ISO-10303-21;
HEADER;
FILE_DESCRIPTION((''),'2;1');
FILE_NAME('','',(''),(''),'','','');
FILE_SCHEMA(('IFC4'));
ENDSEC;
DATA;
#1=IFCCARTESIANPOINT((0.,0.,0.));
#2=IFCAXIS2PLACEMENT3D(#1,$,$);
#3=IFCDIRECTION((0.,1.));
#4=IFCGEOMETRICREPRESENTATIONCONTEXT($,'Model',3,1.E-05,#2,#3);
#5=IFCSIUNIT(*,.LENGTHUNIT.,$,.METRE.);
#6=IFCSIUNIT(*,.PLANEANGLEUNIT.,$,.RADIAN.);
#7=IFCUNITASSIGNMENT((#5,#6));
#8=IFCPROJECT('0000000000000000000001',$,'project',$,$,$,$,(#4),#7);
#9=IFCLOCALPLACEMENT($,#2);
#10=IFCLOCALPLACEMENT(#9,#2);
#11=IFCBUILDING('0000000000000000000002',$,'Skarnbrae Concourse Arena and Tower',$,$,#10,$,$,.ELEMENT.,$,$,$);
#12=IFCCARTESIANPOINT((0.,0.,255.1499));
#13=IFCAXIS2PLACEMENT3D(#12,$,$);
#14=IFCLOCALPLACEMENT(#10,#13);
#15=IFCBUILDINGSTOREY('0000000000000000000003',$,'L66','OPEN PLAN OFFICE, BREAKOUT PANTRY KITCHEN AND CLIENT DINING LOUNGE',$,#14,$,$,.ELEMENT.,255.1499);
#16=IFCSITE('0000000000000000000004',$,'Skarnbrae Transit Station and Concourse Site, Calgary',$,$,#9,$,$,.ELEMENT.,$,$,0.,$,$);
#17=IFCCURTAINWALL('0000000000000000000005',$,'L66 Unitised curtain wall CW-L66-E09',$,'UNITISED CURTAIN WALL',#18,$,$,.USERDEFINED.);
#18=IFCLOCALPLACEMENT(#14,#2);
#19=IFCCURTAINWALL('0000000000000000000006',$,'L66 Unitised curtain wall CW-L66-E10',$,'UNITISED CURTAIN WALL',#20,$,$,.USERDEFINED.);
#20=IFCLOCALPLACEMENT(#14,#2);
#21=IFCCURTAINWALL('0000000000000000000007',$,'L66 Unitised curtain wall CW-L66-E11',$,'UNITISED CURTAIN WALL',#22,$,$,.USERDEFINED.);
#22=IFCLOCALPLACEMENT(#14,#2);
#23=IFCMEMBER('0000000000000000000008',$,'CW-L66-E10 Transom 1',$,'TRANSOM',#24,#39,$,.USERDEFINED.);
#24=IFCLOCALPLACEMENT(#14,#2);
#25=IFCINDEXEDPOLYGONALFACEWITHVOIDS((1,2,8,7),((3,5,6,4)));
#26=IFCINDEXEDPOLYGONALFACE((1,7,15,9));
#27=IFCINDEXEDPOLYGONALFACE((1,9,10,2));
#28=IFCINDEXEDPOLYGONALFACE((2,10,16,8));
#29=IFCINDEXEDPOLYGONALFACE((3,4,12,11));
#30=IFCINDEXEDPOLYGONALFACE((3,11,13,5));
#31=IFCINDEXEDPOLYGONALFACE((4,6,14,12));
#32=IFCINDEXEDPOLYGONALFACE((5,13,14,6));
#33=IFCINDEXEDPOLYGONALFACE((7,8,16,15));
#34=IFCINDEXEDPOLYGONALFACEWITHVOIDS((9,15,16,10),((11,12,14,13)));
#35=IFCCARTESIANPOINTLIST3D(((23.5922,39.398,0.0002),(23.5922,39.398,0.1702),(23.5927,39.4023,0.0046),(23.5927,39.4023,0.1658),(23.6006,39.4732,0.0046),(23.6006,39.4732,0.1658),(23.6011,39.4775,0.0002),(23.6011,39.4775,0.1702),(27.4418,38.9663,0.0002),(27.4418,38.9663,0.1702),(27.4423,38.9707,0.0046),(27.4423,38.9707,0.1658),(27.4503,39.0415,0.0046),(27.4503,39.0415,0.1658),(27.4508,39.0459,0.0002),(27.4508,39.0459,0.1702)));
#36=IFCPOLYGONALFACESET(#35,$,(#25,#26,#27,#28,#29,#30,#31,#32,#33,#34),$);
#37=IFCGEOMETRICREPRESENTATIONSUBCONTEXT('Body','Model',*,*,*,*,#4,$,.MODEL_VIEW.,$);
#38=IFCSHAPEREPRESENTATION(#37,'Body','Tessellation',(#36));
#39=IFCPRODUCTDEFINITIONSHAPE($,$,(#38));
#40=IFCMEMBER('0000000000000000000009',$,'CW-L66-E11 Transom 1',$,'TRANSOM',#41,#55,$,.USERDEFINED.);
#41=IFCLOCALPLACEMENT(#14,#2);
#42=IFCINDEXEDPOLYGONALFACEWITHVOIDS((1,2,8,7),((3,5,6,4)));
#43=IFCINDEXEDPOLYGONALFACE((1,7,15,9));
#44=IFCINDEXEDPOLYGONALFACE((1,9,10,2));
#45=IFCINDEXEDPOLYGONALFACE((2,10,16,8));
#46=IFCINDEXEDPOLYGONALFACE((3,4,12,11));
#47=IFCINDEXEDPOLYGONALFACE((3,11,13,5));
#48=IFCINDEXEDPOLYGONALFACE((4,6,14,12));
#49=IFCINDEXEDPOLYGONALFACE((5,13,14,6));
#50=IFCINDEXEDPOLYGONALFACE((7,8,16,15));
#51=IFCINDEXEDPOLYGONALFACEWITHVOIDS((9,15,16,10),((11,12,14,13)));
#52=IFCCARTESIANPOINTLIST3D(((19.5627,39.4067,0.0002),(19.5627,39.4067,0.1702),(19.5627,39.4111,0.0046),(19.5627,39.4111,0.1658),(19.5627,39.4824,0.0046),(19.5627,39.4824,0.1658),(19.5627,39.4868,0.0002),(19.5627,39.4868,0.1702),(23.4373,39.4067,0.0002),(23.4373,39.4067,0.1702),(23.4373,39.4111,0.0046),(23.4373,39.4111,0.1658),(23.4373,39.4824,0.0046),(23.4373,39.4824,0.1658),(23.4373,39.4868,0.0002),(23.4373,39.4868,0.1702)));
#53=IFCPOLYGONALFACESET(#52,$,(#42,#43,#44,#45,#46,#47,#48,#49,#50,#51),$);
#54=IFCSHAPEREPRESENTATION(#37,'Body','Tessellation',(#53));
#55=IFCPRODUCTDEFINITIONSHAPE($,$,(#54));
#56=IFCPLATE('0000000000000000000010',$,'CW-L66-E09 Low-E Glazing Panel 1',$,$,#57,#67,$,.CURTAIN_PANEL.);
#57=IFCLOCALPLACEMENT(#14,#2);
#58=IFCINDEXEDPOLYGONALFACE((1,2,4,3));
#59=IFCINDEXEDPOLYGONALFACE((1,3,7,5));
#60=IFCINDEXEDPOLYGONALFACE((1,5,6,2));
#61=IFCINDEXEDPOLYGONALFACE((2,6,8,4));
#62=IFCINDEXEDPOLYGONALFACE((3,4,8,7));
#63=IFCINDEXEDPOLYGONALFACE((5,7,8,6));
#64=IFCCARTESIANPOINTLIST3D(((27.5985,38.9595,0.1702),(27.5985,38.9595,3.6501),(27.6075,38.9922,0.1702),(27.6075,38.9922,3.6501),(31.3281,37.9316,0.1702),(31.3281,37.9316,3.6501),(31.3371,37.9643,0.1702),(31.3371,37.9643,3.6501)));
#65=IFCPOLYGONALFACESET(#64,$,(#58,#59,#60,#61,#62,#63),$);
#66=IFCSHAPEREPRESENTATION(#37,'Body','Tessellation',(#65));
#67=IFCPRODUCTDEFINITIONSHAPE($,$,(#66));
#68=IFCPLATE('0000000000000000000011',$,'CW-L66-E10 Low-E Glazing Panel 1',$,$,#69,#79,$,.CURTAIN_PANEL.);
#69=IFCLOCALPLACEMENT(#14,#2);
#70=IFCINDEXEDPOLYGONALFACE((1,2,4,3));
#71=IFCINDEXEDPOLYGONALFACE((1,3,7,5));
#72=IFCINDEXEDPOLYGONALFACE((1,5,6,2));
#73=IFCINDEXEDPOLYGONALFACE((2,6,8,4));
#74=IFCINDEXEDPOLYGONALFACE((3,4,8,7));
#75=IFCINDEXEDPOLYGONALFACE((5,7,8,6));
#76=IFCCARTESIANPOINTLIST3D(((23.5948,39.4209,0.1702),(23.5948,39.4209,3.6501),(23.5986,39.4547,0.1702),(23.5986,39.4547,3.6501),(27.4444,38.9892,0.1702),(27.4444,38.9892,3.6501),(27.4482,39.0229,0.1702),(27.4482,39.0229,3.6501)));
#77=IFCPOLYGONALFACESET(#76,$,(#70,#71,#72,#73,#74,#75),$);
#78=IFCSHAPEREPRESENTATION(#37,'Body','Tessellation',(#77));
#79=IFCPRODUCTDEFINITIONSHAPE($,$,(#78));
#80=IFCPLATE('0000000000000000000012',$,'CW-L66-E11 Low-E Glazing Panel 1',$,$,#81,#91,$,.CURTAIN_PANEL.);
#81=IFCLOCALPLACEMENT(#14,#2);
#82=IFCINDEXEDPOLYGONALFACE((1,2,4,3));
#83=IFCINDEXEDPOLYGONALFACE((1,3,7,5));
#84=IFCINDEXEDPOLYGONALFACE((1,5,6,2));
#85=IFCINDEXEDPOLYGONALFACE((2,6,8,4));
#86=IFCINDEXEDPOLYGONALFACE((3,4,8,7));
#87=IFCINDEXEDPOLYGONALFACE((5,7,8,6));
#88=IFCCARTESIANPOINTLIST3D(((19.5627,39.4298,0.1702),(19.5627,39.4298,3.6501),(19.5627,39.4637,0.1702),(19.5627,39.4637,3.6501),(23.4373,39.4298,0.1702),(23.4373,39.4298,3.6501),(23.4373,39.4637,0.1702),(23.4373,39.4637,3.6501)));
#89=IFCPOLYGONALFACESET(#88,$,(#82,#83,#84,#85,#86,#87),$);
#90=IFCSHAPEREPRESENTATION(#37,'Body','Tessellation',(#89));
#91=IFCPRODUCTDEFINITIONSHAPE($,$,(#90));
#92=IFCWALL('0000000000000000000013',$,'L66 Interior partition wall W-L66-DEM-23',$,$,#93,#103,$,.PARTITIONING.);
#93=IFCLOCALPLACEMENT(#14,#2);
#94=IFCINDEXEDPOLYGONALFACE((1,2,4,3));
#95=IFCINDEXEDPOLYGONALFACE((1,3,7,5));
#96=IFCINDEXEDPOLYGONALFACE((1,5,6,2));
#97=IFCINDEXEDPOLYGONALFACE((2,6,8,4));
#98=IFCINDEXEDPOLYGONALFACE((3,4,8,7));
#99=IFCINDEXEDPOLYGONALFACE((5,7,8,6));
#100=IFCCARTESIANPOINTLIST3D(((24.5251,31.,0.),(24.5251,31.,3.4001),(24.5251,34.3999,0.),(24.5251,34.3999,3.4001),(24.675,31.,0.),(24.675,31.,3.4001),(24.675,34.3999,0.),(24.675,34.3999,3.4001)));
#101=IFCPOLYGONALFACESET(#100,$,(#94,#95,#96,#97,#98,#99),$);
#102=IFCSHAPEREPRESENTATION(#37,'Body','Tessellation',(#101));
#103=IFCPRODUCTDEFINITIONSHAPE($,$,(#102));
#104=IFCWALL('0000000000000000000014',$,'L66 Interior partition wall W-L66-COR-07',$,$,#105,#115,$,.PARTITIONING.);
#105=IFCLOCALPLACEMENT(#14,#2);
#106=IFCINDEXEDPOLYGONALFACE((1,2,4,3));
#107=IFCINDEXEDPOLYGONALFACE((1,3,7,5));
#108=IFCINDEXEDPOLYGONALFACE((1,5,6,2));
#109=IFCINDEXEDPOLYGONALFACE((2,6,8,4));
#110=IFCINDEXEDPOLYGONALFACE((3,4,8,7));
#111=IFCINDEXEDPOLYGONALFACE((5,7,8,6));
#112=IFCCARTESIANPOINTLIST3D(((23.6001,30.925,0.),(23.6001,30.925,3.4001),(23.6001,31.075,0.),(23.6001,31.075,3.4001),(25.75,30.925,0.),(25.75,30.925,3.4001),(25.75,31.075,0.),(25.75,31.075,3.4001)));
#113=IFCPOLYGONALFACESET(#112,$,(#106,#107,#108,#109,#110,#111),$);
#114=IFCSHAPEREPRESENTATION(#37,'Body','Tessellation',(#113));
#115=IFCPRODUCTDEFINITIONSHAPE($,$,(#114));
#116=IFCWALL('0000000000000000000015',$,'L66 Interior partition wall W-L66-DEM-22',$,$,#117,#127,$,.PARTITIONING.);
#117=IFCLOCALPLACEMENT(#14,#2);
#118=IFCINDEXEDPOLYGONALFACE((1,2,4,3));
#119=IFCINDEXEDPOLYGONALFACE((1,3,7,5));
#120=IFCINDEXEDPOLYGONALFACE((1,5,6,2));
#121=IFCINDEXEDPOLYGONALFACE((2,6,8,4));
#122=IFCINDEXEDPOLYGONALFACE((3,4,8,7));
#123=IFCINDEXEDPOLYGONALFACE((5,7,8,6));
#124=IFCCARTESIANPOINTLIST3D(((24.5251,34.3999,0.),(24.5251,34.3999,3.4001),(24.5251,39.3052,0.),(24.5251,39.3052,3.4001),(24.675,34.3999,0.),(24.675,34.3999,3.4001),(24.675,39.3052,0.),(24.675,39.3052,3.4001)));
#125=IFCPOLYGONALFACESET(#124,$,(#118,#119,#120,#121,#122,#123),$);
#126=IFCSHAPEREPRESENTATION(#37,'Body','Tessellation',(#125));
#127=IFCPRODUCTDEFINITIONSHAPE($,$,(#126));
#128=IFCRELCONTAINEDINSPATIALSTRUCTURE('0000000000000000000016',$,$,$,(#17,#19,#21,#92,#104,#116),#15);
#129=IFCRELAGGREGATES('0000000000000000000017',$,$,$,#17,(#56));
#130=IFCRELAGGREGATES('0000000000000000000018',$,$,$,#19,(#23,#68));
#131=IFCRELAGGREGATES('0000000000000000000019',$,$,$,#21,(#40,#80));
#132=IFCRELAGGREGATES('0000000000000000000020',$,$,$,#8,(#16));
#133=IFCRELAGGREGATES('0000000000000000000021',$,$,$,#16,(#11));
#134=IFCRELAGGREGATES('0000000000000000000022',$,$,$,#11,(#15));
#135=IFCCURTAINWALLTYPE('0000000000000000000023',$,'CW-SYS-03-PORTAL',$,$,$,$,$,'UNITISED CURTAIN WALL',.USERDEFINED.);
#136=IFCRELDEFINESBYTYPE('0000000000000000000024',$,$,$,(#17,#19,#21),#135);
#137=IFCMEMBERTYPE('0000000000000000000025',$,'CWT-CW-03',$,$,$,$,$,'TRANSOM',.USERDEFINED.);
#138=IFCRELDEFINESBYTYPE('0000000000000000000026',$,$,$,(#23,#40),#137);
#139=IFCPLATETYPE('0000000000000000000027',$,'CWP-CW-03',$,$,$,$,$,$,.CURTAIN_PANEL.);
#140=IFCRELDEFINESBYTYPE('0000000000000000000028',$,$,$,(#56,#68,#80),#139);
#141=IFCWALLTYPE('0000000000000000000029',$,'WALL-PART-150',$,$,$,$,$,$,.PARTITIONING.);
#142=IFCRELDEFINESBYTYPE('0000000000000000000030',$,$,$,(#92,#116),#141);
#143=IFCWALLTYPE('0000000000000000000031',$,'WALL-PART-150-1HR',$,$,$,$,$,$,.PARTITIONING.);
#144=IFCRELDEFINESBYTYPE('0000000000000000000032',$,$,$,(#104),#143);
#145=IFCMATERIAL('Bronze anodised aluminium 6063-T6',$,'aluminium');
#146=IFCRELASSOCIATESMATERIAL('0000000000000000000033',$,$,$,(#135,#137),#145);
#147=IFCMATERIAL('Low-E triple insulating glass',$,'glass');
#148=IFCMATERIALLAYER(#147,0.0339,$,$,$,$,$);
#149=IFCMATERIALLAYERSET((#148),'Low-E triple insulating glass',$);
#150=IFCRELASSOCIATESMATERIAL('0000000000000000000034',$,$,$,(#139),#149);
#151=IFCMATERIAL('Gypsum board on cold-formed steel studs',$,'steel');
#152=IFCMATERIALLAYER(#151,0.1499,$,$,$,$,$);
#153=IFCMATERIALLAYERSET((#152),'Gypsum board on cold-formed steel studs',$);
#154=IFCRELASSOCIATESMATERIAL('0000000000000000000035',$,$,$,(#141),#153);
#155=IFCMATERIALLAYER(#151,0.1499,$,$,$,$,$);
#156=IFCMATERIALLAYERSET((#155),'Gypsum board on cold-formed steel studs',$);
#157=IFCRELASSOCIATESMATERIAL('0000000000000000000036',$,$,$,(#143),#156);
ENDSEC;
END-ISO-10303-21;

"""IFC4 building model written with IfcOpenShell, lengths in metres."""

from ifc_helpers import new_model, si_unit, direction, frame, frame_2d, origin, origin_2d, place, context, subcontext, project, spatial, rectangle, hollow_rectangle, extrude, source, transform, mapped, material, layer, layer_set, material_profile, profile_set, type_object, element, aggregate, save


model = new_model("IFC4")

# Units and contexts
model_context = context("Model", 3, precision=1e-05, world=origin(), true_north=direction((0.0, 1.0)))
body_context = subcontext(model_context, "Body", "Model", "MODEL_VIEW")
ifc_project = project(units=[si_unit("LENGTHUNIT", "METRE"), si_unit("PLANEANGLEUNIT", "RADIAN")], contexts=[model_context])

# Site, building, storey
site_placement = place(None, origin())
site = spatial("IfcSite", under=ifc_project, at=site_placement, Name="Skarnbrae Transit Station and Concourse Site, Calgary", CompositionType="ELEMENT", RefElevation=0.0)
building_placement = place(site_placement, origin())
building = spatial("IfcBuilding", under=site, at=building_placement, Name="Skarnbrae Concourse Arena and Tower", CompositionType="ELEMENT")
storey_placement = place(building_placement, frame((0.0, 0.0, 255.1499)))
storey = spatial("IfcBuildingStorey", under=building, at=storey_placement, Name="L66", Description="OPEN PLAN OFFICE, BREAKOUT PANTRY KITCHEN AND CLIENT DINING LOUNGE", CompositionType="ELEMENT", Elevation=255.1499)

# Curtain wall
ifc_material_1 = material(Name="Bronze anodised aluminium 6063-T6", Category="aluminium")
curtain_wall_type = type_object("IfcCurtainWallType", Name="CW-SYS-03-PORTAL", ElementType="UNITISED CURTAIN WALL", PredefinedType="USERDEFINED", material=ifc_material_1)
curtain_wall_1_placement = place(storey_placement, origin())
curtain_wall_1 = element("IfcCurtainWall", 1, at=curtain_wall_1_placement, inside=storey, type_object=curtain_wall_type, Name="L66 Unitised curtain wall CW-L66-E09", ObjectType="UNITISED CURTAIN WALL", PredefinedType="USERDEFINED")

# Curtain wall
curtain_wall_2_placement = place(storey_placement, origin())
curtain_wall_2 = element("IfcCurtainWall", 2, at=curtain_wall_2_placement, inside=storey, type_object=curtain_wall_type, Name="L66 Unitised curtain wall CW-L66-E10", ObjectType="UNITISED CURTAIN WALL", PredefinedType="USERDEFINED")

# Curtain wall
curtain_wall_3_placement = place(storey_placement, origin())
curtain_wall_3 = element("IfcCurtainWall", 3, at=curtain_wall_3_placement, inside=storey, type_object=curtain_wall_type, Name="L66 Unitised curtain wall CW-L66-E11", ObjectType="UNITISED CURTAIN WALL", PredefinedType="USERDEFINED")

# Members
ifc_material_profile_1 = material_profile(ifc_material_1, hollow_rectangle(XDim=0.0801, YDim=0.1699, WallThickness=0.0044, at=origin_2d()), Name="ALU-TRAN-80X170")
ifc_profile_set_1 = profile_set([ifc_material_profile_1], Name="Bronze anodised aluminium 6063-T6")
member_type_1 = type_object("IfcMemberType", Name="CWT-CW-03", ElementType="TRANSOM", PredefinedType="USERDEFINED", material=ifc_profile_set_1)
shared_shape_1 = source(origin(), body_context, "Body", "SweptSolid", [
    extrude(hollow_rectangle(XDim=0.0801, YDim=0.1699, WallThickness=0.0044, at=origin_2d()), origin(), (0.0, 0.0, 1.0), 3.8738),
])
member_1_placement = place(storey_placement, frame((27.4463, 39.0061, 0.0852), z_axis=(-0.993773, 0.111428, 0.0), x_axis=(-0.111428, -0.993773, 0.0)))
member_1 = element("IfcMember", 4, at=member_1_placement, type_object=member_type_1, Name="CW-L66-E10 Transom 1", ObjectType="TRANSOM", PredefinedType="USERDEFINED", context=body_context, shape_type="MappedRepresentation", body=[
    mapped(shared_shape_1, transform((0.0, 0.0, 0.0))),
])
shared_shape_2 = source(origin(), body_context, "Body", "SweptSolid", [
    extrude(hollow_rectangle(XDim=0.0801, YDim=0.1699, WallThickness=0.0044, at=origin_2d()), origin(), (0.0, 0.0, 1.0), 3.8745),
])
member_2_placement = place(storey_placement, frame((23.4373, 39.4468, 0.0852), z_axis=(-1.0, 0.0, 0.0), x_axis=(0.0, -1.0, 0.0)))
member_2 = element("IfcMember", 5, at=member_2_placement, type_object=member_type_1, Name="CW-L66-E11 Transom 1", ObjectType="TRANSOM", PredefinedType="USERDEFINED", context=body_context, shape_type="MappedRepresentation", body=[
    mapped(shared_shape_2, transform((0.0, 0.0, 0.0))),
])

# Plates
ifc_material_2 = material(Name="Low-E triple insulating glass", Category="glass")
ifc_layer_1 = layer(ifc_material_2, 0.0339)
ifc_layer_set_1 = layer_set([ifc_layer_1], Name="Low-E triple insulating glass")
plate_type = type_object("IfcPlateType", Name="CWP-CW-03", PredefinedType="CURTAIN_PANEL", material=ifc_layer_set_1)
shared_shape_3 = source(origin(), body_context, "Body", "SweptSolid", [
    extrude(rectangle(XDim=3.8687, YDim=0.0339, at=origin_2d()), origin(), (0.0, 0.0, 1.0), 3.48),
])
plate_1_placement = place(storey_placement, frame((29.4678, 38.4619, 0.1702), z_axis=(0.0, 0.0, 1.0), x_axis=(-0.964057, 0.265694, 0.0)))
plate_1 = element("IfcPlate", 6, at=plate_1_placement, type_object=plate_type, Name="CW-L66-E09 Low-E Glazing Panel 1", PredefinedType="CURTAIN_PANEL", context=body_context, shape_type="MappedRepresentation", body=[
    mapped(shared_shape_3, transform((0.0, 0.0, 0.0))),
])
aggregate(curtain_wall_1, [plate_1])
shared_shape_4 = source(origin(), body_context, "Body", "SweptSolid", [
    extrude(rectangle(XDim=3.8738, YDim=0.0339, at=origin_2d()), origin(), (0.0, 0.0, 1.0), 3.48),
])
plate_2_placement = place(storey_placement, frame((25.5215, 39.2219, 0.1702), z_axis=(0.0, 0.0, 1.0), x_axis=(-0.993769, 0.11146, 0.0)))
plate_2 = element("IfcPlate", 7, at=plate_2_placement, type_object=plate_type, Name="CW-L66-E10 Low-E Glazing Panel 1", PredefinedType="CURTAIN_PANEL", context=body_context, shape_type="MappedRepresentation", body=[
    mapped(shared_shape_4, transform((0.0, 0.0, 0.0))),
])
aggregate(curtain_wall_2, [member_1, plate_2])
shared_shape_5 = source(origin(), body_context, "Body", "SweptSolid", [
    extrude(rectangle(XDim=3.8745, YDim=0.0339, at=origin_2d()), origin(), (0.0, 0.0, 1.0), 3.48),
])
plate_3_placement = place(storey_placement, frame((21.5, 39.4468, 0.1702), z_axis=(0.0, 0.0, 1.0), x_axis=(-1.0, 0.0, 0.0)))
plate_3 = element("IfcPlate", 8, at=plate_3_placement, type_object=plate_type, Name="CW-L66-E11 Low-E Glazing Panel 1", PredefinedType="CURTAIN_PANEL", context=body_context, shape_type="MappedRepresentation", body=[
    mapped(shared_shape_5, transform((0.0, 0.0, 0.0))),
])
aggregate(curtain_wall_3, [member_2, plate_3])

# Wall
ifc_material_3 = material(Name="Gypsum board on cold-formed steel studs", Category="steel")
ifc_layer_2 = layer(ifc_material_3, 0.1499)
ifc_layer_set_2 = layer_set([ifc_layer_2], Name="Gypsum board on cold-formed steel studs")
wall_type_1 = type_object("IfcWallType", Name="WALL-PART-150", PredefinedType="PARTITIONING", material=ifc_layer_set_2)
shared_shape_6 = source(origin(), body_context, "Body", "SweptSolid", [
    extrude(rectangle(XDim=3.3999, YDim=0.1499, at=frame_2d((1.7, 0.0))), origin(), (0.0, 0.0, 1.0), 3.4001),
])
wall_1_placement = place(storey_placement, frame((24.6001, 34.3999, 0.0), z_axis=(0.0, 0.0, 1.0), x_axis=(0.0, -1.0, 0.0)))
element("IfcWall", 9, at=wall_1_placement, inside=storey, type_object=wall_type_1, Name="L66 Interior partition wall W-L66-DEM-23", PredefinedType="PARTITIONING", context=body_context, shape_type="MappedRepresentation", body=[
    mapped(shared_shape_6, transform((0.0, 0.0, 0.0))),
])

# Shared definitions
ifc_layer_3 = layer(ifc_material_3, 0.1499)
ifc_layer_set_3 = layer_set([ifc_layer_3], Name="Gypsum board on cold-formed steel studs")
wall_type_2 = type_object("IfcWallType", Name="WALL-PART-150-1HR", PredefinedType="PARTITIONING", material=ifc_layer_set_3)

# Walls
shared_shape_7 = source(origin(), body_context, "Body", "SweptSolid", [
    extrude(rectangle(XDim=2.1499, YDim=0.1499, at=frame_2d((1.075, 0.0))), origin(), (0.0, 0.0, 1.0), 3.4001),
])
wall_2_placement = place(storey_placement, frame((23.6001, 31.0, 0.0), z_axis=(0.0, 0.0, 1.0), x_axis=(1.0, 0.0, 0.0)))
element("IfcWall", 10, at=wall_2_placement, inside=storey, type_object=wall_type_2, Name="L66 Interior partition wall W-L66-COR-07", PredefinedType="PARTITIONING", context=body_context, shape_type="MappedRepresentation", body=[
    mapped(shared_shape_7, transform((0.0, 0.0, 0.0))),
])
shared_shape_8 = source(origin(), body_context, "Body", "SweptSolid", [
    extrude(rectangle(XDim=4.9053, YDim=0.1499, at=frame_2d((2.4526, 0.0))), origin(), (0.0, 0.0, 1.0), 3.4001),
])
wall_3_placement = place(storey_placement, frame((24.6001, 39.3052, 0.0), z_axis=(0.0, 0.0, 1.0), x_axis=(0.0, -1.0, 0.0)))
element("IfcWall", 11, at=wall_3_placement, inside=storey, type_object=wall_type_1, Name="L66 Interior partition wall W-L66-DEM-22", PredefinedType="PARTITIONING", context=body_context, shape_type="MappedRepresentation", body=[
    mapped(shared_shape_8, transform((0.0, 0.0, 0.0))),
])

save(model, "model.ifc")
